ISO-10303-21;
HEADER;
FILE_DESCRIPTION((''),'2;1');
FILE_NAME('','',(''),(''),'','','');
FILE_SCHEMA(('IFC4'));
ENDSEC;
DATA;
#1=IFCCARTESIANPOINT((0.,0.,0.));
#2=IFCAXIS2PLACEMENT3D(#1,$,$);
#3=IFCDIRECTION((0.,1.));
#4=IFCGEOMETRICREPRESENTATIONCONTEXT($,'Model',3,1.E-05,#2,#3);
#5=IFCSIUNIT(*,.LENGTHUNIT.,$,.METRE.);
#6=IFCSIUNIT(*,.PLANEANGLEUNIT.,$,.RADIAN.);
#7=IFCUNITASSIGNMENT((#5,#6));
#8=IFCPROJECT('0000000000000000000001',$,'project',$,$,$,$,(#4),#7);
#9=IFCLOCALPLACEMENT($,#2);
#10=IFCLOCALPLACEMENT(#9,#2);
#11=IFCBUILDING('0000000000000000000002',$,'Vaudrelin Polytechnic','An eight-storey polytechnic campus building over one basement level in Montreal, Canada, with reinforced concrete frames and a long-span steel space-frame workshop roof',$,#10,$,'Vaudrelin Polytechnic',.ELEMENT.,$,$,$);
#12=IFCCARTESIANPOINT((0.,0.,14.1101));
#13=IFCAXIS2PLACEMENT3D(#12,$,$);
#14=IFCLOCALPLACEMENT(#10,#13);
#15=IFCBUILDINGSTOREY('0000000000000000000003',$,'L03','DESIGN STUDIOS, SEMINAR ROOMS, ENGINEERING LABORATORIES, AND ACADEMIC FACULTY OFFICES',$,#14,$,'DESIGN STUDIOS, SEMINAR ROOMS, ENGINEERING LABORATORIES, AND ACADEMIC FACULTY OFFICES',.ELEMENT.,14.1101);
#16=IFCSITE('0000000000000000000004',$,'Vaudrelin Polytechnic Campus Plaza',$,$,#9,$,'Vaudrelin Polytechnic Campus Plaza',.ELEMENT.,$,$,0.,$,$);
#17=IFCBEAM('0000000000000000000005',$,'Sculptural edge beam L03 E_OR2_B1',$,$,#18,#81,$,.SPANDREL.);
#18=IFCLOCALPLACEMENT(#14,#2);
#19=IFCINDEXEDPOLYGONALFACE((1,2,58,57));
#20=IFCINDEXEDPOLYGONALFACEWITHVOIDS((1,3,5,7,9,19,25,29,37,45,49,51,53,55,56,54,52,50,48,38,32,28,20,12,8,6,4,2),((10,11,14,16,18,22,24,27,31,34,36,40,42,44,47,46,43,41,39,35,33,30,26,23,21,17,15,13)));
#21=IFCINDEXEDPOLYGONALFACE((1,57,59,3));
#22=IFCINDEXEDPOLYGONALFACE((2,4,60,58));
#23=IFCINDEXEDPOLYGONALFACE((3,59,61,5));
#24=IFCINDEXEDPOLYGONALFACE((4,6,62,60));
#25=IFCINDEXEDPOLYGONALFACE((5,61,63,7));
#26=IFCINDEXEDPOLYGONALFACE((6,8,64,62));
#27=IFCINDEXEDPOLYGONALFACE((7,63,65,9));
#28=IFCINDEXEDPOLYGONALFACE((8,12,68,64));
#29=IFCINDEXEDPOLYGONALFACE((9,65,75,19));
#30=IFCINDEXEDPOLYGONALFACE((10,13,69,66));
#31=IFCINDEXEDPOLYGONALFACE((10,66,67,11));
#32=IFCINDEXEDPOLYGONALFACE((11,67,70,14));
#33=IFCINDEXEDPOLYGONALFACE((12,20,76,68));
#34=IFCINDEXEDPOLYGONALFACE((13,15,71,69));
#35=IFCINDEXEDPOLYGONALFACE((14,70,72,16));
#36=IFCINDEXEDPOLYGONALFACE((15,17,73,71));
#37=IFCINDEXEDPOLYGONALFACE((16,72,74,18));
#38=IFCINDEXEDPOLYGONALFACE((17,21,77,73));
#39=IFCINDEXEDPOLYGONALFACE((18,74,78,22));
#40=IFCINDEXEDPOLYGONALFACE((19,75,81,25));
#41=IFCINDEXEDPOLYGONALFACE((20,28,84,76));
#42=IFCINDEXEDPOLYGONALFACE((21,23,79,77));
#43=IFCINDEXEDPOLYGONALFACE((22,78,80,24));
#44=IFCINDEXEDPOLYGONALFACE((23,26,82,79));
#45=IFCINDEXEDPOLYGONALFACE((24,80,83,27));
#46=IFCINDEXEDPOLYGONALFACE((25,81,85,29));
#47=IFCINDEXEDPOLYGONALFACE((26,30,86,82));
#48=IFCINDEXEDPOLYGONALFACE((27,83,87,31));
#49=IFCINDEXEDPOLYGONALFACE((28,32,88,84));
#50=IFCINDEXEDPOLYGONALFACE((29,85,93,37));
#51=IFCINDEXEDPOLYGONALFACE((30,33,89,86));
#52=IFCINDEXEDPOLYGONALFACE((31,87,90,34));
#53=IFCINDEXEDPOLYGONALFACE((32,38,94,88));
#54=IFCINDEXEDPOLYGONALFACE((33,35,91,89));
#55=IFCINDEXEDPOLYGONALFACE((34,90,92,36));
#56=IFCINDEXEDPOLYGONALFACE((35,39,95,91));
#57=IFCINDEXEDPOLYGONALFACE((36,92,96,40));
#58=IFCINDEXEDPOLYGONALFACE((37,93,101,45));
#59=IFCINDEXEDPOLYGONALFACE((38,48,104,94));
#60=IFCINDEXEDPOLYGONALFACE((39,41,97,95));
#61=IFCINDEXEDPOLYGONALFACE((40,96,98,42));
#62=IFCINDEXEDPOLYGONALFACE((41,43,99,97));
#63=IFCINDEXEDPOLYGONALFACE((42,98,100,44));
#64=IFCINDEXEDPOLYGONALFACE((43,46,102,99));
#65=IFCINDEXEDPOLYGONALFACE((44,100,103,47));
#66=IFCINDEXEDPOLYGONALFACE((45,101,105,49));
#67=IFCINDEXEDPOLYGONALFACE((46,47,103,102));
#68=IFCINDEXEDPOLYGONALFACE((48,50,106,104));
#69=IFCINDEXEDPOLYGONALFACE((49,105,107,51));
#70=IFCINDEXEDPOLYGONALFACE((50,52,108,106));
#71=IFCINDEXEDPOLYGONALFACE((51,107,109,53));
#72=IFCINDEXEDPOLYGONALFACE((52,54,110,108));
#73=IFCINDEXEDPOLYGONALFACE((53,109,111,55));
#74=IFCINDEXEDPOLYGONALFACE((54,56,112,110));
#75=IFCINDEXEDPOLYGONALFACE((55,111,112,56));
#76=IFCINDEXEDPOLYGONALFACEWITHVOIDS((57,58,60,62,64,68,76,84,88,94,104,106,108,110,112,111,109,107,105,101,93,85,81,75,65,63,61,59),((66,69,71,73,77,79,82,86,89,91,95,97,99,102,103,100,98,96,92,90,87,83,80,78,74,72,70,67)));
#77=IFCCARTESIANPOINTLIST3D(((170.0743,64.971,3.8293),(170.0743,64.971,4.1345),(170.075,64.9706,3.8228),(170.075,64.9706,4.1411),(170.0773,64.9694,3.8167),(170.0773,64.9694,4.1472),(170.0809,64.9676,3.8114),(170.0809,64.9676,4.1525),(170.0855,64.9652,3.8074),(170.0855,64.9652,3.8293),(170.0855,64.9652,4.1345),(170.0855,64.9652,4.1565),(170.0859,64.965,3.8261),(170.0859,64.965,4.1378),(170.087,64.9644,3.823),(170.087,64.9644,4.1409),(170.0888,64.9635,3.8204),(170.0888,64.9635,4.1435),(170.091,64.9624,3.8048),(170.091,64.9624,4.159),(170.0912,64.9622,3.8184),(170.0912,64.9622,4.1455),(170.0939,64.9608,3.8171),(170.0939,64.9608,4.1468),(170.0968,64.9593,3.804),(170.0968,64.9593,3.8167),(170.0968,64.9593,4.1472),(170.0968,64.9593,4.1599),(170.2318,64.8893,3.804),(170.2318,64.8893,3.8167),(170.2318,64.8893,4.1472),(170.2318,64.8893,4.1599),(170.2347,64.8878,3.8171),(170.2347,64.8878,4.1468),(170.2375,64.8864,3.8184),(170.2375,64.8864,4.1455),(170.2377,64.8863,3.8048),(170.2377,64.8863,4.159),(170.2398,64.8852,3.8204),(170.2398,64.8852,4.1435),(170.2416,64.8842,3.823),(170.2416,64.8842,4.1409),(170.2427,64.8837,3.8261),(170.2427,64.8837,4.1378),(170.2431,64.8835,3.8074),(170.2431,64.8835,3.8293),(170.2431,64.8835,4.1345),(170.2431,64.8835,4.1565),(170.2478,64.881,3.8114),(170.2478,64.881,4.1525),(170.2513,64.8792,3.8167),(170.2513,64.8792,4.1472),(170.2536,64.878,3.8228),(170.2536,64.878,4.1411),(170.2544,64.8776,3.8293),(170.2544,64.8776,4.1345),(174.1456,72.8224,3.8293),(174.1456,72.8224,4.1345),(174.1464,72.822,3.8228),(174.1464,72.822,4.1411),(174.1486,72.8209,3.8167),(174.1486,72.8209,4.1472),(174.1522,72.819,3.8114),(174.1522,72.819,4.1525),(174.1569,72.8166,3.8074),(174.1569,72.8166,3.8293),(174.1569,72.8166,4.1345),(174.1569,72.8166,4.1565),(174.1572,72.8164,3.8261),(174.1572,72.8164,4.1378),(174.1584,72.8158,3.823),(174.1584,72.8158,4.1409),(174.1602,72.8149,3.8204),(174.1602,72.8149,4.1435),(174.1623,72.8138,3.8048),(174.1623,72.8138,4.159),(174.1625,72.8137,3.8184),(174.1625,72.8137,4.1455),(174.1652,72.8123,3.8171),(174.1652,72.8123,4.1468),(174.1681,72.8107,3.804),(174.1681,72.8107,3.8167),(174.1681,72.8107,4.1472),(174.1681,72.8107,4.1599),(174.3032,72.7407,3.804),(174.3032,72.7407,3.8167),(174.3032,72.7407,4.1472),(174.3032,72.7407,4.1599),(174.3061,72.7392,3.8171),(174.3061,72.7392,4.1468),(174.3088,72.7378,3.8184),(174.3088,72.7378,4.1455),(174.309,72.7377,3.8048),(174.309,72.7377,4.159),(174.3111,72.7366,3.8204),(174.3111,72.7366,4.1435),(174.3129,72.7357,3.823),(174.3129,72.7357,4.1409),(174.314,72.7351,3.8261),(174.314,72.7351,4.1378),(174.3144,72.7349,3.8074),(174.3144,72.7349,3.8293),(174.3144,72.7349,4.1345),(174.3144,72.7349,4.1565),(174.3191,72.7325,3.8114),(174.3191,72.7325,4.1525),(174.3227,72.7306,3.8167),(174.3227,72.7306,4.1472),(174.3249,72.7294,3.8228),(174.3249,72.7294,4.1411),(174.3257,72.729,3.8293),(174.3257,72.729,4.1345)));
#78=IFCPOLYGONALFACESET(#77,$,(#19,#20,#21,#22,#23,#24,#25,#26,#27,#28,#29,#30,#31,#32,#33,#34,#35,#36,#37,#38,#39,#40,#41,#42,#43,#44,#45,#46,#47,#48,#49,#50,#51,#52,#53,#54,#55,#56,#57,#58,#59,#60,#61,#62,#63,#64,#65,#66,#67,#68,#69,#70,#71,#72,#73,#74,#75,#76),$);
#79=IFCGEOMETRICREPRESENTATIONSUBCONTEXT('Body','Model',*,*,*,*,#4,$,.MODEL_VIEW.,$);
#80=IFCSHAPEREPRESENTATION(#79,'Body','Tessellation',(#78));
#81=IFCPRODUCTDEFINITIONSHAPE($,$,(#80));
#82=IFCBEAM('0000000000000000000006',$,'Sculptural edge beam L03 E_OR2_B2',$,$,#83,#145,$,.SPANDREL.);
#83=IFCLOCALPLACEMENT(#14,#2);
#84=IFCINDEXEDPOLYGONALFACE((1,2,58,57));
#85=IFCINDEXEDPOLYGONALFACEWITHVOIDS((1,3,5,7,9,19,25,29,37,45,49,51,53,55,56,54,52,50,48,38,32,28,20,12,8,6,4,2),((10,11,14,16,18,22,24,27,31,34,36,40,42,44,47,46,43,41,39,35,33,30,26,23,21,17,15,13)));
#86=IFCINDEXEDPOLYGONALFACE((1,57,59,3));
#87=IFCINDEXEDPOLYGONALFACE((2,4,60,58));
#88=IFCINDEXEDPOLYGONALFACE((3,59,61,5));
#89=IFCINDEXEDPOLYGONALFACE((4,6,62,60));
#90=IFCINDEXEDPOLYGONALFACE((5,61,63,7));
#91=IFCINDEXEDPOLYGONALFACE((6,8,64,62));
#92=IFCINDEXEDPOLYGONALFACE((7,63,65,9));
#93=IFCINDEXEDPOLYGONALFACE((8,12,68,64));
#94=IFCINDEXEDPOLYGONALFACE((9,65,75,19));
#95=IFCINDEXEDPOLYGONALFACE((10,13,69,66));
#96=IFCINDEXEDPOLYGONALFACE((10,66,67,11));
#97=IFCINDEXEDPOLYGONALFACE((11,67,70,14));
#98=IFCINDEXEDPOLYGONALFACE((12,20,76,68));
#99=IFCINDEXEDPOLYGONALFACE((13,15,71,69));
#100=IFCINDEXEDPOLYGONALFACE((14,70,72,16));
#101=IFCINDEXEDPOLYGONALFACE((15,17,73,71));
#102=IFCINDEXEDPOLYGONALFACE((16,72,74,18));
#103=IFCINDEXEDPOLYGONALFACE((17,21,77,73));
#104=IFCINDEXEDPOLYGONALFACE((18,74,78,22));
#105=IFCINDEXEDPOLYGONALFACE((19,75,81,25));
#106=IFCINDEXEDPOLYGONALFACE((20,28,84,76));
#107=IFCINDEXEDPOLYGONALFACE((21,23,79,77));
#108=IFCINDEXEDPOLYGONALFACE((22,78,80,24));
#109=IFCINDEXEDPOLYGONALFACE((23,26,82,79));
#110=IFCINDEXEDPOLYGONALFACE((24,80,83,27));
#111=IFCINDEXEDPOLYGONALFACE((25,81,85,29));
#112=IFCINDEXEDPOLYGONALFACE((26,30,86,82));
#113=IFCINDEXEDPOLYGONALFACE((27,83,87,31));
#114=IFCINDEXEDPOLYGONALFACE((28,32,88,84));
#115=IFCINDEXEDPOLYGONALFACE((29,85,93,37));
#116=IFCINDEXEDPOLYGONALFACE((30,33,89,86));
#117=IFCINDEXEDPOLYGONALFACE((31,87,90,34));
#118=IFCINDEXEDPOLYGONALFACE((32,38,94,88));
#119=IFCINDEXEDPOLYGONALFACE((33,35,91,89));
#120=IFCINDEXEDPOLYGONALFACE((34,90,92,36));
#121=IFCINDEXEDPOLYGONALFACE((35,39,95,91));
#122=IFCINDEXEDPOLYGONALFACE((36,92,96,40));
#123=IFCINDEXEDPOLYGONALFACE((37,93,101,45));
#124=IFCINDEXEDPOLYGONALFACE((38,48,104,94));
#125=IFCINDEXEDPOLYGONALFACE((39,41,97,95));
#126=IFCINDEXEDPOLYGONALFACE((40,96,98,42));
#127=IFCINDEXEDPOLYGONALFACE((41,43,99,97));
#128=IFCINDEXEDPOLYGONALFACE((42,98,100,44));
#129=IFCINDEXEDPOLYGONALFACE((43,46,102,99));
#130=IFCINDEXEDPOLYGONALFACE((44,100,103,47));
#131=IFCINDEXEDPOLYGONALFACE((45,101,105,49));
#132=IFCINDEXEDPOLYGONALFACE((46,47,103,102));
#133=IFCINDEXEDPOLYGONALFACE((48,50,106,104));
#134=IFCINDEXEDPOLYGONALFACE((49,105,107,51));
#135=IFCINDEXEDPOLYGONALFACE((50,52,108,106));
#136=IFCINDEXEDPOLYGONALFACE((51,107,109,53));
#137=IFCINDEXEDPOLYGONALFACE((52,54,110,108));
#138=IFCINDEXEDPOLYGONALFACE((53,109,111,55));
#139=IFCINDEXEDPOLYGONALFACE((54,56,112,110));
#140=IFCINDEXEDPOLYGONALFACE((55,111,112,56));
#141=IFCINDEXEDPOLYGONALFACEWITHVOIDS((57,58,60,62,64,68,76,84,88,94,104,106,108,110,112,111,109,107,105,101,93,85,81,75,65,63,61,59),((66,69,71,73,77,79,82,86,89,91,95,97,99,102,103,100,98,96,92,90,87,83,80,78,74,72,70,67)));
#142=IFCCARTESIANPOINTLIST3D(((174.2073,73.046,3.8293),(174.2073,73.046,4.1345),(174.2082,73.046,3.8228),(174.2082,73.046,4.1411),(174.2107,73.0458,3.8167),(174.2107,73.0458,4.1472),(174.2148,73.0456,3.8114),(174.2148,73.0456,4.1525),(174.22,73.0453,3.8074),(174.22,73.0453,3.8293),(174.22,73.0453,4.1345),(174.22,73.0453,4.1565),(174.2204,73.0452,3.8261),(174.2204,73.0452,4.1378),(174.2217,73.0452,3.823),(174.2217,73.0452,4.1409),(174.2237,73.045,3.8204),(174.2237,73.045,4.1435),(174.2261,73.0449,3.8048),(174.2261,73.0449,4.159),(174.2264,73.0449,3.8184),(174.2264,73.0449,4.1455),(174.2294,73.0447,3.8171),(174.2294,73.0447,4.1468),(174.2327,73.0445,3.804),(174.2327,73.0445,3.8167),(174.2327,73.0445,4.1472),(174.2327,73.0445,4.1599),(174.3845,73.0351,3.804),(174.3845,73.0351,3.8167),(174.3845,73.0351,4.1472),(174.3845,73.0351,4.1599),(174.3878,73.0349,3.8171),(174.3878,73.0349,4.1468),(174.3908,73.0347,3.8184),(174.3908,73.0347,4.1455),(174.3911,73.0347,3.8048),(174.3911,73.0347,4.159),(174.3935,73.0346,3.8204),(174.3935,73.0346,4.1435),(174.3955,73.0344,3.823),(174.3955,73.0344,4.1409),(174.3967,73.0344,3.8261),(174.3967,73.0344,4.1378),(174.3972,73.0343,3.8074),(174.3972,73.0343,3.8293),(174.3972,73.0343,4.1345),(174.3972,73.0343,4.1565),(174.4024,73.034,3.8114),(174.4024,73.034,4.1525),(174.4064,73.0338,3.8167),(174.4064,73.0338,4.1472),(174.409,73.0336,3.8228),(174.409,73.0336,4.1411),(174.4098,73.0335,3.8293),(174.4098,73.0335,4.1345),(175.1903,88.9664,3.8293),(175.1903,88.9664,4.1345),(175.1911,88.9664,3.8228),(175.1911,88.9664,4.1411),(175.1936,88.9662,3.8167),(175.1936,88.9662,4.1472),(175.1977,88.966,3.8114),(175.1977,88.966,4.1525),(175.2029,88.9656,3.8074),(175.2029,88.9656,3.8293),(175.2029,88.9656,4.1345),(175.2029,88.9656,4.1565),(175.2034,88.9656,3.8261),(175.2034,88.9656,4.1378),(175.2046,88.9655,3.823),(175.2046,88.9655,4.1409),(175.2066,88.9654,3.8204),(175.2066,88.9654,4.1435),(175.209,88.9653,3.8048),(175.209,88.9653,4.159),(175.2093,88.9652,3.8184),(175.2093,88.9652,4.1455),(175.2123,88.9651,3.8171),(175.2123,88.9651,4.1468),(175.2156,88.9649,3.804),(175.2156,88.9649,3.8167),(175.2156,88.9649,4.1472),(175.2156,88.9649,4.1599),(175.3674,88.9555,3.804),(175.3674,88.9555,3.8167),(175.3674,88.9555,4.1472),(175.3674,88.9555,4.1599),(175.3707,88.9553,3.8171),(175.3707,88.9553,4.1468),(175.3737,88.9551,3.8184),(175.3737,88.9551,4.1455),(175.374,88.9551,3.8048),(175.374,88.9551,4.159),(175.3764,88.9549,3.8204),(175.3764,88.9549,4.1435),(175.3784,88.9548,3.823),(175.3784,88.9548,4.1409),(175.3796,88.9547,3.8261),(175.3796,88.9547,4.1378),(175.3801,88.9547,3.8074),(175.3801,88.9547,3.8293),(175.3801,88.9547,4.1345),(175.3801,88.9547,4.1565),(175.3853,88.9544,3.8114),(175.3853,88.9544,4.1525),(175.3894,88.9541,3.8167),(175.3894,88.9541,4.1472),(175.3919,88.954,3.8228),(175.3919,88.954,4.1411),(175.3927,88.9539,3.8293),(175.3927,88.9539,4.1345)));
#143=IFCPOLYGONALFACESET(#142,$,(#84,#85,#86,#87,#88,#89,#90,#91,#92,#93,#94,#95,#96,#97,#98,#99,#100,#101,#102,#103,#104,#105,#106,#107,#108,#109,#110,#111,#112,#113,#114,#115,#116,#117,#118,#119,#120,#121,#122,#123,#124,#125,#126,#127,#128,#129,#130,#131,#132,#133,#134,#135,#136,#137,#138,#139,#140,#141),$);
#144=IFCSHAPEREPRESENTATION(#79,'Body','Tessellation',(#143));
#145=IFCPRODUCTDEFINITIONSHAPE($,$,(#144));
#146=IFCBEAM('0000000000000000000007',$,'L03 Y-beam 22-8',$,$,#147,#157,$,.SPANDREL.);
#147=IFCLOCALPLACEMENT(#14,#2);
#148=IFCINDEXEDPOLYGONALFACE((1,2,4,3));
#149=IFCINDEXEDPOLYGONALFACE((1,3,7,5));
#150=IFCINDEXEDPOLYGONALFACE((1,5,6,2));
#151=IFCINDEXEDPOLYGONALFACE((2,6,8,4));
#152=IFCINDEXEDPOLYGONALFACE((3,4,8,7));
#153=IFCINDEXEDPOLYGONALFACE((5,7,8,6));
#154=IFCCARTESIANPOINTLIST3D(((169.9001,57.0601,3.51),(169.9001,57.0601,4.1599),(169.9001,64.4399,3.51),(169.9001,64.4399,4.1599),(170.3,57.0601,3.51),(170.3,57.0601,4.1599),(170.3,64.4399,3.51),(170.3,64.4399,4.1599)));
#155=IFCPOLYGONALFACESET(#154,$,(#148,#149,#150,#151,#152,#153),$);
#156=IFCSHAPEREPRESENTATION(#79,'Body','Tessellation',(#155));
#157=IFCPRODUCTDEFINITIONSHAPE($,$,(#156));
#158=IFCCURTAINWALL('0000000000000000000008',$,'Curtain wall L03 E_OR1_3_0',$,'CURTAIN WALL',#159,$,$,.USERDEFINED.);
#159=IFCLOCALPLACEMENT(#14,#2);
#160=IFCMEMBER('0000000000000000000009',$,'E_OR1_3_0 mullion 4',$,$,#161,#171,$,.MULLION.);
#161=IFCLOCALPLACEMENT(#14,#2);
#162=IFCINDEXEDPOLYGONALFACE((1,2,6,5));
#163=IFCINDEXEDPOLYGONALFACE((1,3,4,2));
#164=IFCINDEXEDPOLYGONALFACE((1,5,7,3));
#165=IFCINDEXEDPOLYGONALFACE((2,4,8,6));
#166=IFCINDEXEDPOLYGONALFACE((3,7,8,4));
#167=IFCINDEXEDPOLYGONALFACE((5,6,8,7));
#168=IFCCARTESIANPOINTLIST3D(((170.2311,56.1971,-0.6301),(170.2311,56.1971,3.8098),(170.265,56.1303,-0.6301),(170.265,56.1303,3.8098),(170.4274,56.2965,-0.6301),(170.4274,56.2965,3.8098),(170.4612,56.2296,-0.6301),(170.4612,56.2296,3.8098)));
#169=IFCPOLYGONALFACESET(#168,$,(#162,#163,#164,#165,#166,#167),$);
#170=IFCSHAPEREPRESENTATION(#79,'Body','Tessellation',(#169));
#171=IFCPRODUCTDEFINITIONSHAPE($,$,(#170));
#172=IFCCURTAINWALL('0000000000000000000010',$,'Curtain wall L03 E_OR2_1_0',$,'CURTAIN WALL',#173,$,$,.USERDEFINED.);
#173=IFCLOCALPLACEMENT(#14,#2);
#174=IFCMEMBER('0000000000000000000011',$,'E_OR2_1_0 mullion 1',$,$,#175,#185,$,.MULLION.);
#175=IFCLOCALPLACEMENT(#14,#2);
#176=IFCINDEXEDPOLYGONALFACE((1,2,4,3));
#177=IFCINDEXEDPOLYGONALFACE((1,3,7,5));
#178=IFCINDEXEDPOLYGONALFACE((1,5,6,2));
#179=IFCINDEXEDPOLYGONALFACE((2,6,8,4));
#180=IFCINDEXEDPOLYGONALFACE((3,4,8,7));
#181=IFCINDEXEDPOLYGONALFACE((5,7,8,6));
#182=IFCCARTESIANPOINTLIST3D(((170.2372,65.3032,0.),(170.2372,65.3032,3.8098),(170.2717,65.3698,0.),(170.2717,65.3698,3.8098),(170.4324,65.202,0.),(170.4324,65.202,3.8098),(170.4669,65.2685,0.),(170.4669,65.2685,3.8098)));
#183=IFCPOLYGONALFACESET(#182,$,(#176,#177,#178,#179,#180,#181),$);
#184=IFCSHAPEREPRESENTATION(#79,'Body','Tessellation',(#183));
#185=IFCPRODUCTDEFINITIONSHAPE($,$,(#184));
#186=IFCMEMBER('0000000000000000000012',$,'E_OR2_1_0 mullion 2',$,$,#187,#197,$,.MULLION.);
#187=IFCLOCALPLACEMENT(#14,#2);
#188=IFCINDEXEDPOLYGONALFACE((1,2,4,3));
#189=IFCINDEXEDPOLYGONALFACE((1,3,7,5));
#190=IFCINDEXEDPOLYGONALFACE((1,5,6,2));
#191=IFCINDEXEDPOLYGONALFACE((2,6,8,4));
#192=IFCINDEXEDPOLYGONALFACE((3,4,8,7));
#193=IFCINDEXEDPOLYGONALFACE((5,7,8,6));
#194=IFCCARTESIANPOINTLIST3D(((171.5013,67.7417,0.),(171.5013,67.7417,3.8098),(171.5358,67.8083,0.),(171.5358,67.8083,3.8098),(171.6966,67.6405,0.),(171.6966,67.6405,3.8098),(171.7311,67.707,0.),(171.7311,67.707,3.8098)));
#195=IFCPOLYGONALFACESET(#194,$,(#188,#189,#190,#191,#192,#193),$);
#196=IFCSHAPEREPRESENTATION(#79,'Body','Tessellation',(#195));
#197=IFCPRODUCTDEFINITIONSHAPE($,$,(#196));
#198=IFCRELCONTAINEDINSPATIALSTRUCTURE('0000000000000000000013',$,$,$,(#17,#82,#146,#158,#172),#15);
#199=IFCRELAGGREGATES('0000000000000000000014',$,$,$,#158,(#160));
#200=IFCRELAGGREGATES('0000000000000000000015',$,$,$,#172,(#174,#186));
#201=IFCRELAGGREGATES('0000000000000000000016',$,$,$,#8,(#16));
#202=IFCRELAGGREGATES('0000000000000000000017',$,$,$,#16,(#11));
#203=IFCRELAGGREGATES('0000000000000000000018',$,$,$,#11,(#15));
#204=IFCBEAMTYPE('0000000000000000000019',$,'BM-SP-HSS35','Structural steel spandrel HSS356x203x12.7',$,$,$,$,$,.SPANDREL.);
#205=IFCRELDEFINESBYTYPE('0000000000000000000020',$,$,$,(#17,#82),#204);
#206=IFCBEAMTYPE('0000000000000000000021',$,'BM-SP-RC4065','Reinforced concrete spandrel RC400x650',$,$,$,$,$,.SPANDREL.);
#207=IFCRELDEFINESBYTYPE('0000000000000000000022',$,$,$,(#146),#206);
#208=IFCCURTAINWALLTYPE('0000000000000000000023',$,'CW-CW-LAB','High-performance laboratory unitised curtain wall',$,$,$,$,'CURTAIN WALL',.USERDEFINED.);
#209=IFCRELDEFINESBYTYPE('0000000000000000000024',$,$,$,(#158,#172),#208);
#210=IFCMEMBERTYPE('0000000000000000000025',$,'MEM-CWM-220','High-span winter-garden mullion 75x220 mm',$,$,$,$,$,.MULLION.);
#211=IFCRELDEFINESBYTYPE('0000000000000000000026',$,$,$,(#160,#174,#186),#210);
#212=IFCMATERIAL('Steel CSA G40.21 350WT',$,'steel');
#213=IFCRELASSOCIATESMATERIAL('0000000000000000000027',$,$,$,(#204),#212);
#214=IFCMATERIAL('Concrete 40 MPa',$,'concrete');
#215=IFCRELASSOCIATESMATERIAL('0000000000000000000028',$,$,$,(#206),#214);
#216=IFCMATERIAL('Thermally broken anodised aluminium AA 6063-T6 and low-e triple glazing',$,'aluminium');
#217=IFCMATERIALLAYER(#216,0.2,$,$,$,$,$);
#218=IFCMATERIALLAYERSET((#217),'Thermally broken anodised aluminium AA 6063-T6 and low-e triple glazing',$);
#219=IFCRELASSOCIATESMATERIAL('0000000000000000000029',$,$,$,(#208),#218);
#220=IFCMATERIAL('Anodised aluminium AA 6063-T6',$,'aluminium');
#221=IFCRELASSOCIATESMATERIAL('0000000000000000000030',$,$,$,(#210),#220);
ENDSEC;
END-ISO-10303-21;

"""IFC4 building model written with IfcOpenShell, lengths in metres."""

from ifc_helpers import new_model, si_unit, direction, frame, origin, origin_2d, place, context, subcontext, project, spatial, rectangle, hollow_rectangle, extrude, material, layer, layer_set, material_profile, profile_set, type_object, element, aggregate, save


model = new_model("IFC4")

# Units and contexts
model_context = context("Model", 3, precision=1e-05, world=origin(), true_north=direction((0.0, 1.0)))
body_context = subcontext(model_context, "Body", "Model", "MODEL_VIEW")
ifc_project = project(units=[si_unit("LENGTHUNIT", "METRE"), si_unit("PLANEANGLEUNIT", "RADIAN")], contexts=[model_context])

# Site, building, storey
site_placement = place(None, origin())
site = spatial("IfcSite", under=ifc_project, at=site_placement, Name="Vaudrelin Polytechnic Campus Plaza", LongName="Vaudrelin Polytechnic Campus Plaza", CompositionType="ELEMENT", RefElevation=0.0)
building_placement = place(site_placement, origin())
building = spatial("IfcBuilding", under=site, at=building_placement, Name="Vaudrelin Polytechnic", Description="An eight-storey polytechnic campus building over one basement level in Montreal, Canada, with reinforced concrete frames and a long-span steel space-frame workshop roof", LongName="Vaudrelin Polytechnic", CompositionType="ELEMENT")
storey_placement = place(building_placement, frame((0.0, 0.0, 14.1101)))
storey = spatial("IfcBuildingStorey", under=building, at=storey_placement, Name="L03", Description="DESIGN STUDIOS, SEMINAR ROOMS, ENGINEERING LABORATORIES, AND ACADEMIC FACULTY OFFICES", LongName="DESIGN STUDIOS, SEMINAR ROOMS, ENGINEERING LABORATORIES, AND ACADEMIC FACULTY OFFICES", CompositionType="ELEMENT", Elevation=14.1101)

# Shared definitions
ifc_material_1 = material(Name="Steel CSA G40.21 350WT", Category="steel")

# Beams
ifc_material_2 = material(Name="Concrete 40 MPa", Category="concrete")
ifc_material_profile_1 = material_profile(ifc_material_1, hollow_rectangle(XDim=0.2029, YDim=0.356, WallThickness=0.0127, InnerFilletRadius=0.0127, OuterFilletRadius=0.0254, at=origin_2d()), Name="HSS356x203x12.7")
ifc_profile_set_1 = profile_set([ifc_material_profile_1], Name="Steel CSA G40.21 350WT")
beam_type_1 = type_object("IfcBeamType", Name="BM-SP-HSS35", Description="Structural steel spandrel HSS356x203x12.7", PredefinedType="SPANDREL", material=ifc_profile_set_1)
beam_1_placement = place(storey_placement, frame((170.1643, 64.9243, 3.9819), z_axis=(0.460338, 0.887744, 0.0), x_axis=(-0.887744, 0.460338, 0.0)))
element("IfcBeam", 1, at=beam_1_placement, inside=storey, type_object=beam_type_1, Name="Sculptural edge beam L03 E_OR2_B1", PredefinedType="SPANDREL", context=body_context, shape_type="SweptSolid", body=[
    extrude(hollow_rectangle(XDim=0.2029, YDim=0.356, WallThickness=0.0127, InnerFilletRadius=0.0127, OuterFilletRadius=0.0254, at=origin_2d()), origin(), (0.0, 0.0, 1.0), 8.8442),
])
beam_2_placement = place(storey_placement, frame((174.3086, 73.0398, 3.9819), z_axis=(0.061622, 0.9981, 0.0), x_axis=(-0.9981, 0.061622, 0.0)))
element("IfcBeam", 2, at=beam_2_placement, inside=storey, type_object=beam_type_1, Name="Sculptural edge beam L03 E_OR2_B2", PredefinedType="SPANDREL", context=body_context, shape_type="SweptSolid", body=[
    extrude(hollow_rectangle(XDim=0.2029, YDim=0.356, WallThickness=0.0127, InnerFilletRadius=0.0127, OuterFilletRadius=0.0254, at=origin_2d()), origin(), (0.0, 0.0, 1.0), 15.9507),
])
ifc_material_profile_2 = material_profile(ifc_material_2, rectangle(XDim=0.3999, YDim=0.6499, at=origin_2d()), Name="RC400x650")
ifc_profile_set_2 = profile_set([ifc_material_profile_2], Name="Concrete 40 MPa")
beam_type_2 = type_object("IfcBeamType", Name="BM-SP-RC4065", Description="Reinforced concrete spandrel RC400x650", PredefinedType="SPANDREL", material=ifc_profile_set_2)
beam_3_placement = place(storey_placement, frame((170.1001, 57.0601, 3.835), z_axis=(0.0, 1.0, 0.0), x_axis=(-1.0, 0.0, 0.0)))
element("IfcBeam", 3, at=beam_3_placement, inside=storey, type_object=beam_type_2, Name="L03 Y-beam 22-8", PredefinedType="SPANDREL", context=body_context, shape_type="SweptSolid", body=[
    extrude(rectangle(XDim=0.3999, YDim=0.6499, at=origin_2d()), origin(), (0.0, 0.0, 1.0), 7.3799),
])

# Curtain wall, member
ifc_material_3 = material(Name="Thermally broken anodised aluminium AA 6063-T6 and low-e triple glazing", Category="aluminium")
ifc_layer_1 = layer(ifc_material_3, 0.2)
ifc_layer_set_1 = layer_set([ifc_layer_1], Name="Thermally broken anodised aluminium AA 6063-T6 and low-e triple glazing")
curtain_wall_type = type_object("IfcCurtainWallType", Name="CW-CW-LAB", Description="High-performance laboratory unitised curtain wall", ElementType="CURTAIN WALL", PredefinedType="USERDEFINED", material=ifc_layer_set_1)
curtain_wall_1_placement = place(storey_placement, origin())
curtain_wall_1 = element("IfcCurtainWall", 4, at=curtain_wall_1_placement, inside=storey, type_object=curtain_wall_type, Name="Curtain wall L03 E_OR1_3_0", ObjectType="CURTAIN WALL", PredefinedType="USERDEFINED")
ifc_material_4 = material(Name="Anodised aluminium AA 6063-T6", Category="aluminium")
ifc_material_profile_3 = material_profile(ifc_material_4, rectangle(XDim=0.075, YDim=0.22, at=origin_2d()), Name="CWM-75x220")
ifc_profile_set_3 = profile_set([ifc_material_profile_3], Name="Anodised aluminium AA 6063-T6")
member_type_1 = type_object("IfcMemberType", Name="MEM-CWM-220", Description="High-span winter-garden mullion 75x220 mm", PredefinedType="MULLION", material=ifc_profile_set_3)
member_1_placement = place(storey_placement, frame((170.3462, 56.2134, -0.6301), z_axis=(0.0, 0.0, 1.0), x_axis=(-0.451609, 0.892216, 0.0)))
member_1 = element("IfcMember", 5, at=member_1_placement, type_object=member_type_1, Name="E_OR1_3_0 mullion 4", PredefinedType="MULLION", context=body_context, shape_type="SweptSolid", body=[
    extrude(rectangle(XDim=0.075, YDim=0.22, at=origin_2d()), origin(), (0.0, 0.0, 1.0), 4.4399),
])

# Curtain wall, members
curtain_wall_2_placement = place(storey_placement, origin())
curtain_wall_2 = element("IfcCurtainWall", 6, at=curtain_wall_2_placement, inside=storey, type_object=curtain_wall_type, Name="Curtain wall L03 E_OR2_1_0", ObjectType="CURTAIN WALL", PredefinedType="USERDEFINED")
member_2_placement = place(storey_placement, frame((170.3521, 65.2859, 0.0), z_axis=(0.0, 0.0, 1.0), x_axis=(0.460319, 0.887754, 0.0)))
member_2 = element("IfcMember", 7, at=member_2_placement, type_object=member_type_1, Name="E_OR2_1_0 mullion 1", PredefinedType="MULLION", context=body_context, shape_type="SweptSolid", body=[
    extrude(rectangle(XDim=0.075, YDim=0.22, at=origin_2d()), origin(), (0.0, 0.0, 1.0), 3.8098),
])
member_3_placement = place(storey_placement, frame((171.6162, 67.7244, 0.0), z_axis=(0.0, 0.0, 1.0), x_axis=(0.460319, 0.887754, 0.0)))
member_3 = element("IfcMember", 8, at=member_3_placement, type_object=member_type_1, Name="E_OR2_1_0 mullion 2", PredefinedType="MULLION", context=body_context, shape_type="SweptSolid", body=[
    extrude(rectangle(XDim=0.075, YDim=0.22, at=origin_2d()), origin(), (0.0, 0.0, 1.0), 3.8098),
])

aggregate(curtain_wall_1, [member_1])
aggregate(curtain_wall_2, [member_2, member_3])

save(model, "model.ifc")
